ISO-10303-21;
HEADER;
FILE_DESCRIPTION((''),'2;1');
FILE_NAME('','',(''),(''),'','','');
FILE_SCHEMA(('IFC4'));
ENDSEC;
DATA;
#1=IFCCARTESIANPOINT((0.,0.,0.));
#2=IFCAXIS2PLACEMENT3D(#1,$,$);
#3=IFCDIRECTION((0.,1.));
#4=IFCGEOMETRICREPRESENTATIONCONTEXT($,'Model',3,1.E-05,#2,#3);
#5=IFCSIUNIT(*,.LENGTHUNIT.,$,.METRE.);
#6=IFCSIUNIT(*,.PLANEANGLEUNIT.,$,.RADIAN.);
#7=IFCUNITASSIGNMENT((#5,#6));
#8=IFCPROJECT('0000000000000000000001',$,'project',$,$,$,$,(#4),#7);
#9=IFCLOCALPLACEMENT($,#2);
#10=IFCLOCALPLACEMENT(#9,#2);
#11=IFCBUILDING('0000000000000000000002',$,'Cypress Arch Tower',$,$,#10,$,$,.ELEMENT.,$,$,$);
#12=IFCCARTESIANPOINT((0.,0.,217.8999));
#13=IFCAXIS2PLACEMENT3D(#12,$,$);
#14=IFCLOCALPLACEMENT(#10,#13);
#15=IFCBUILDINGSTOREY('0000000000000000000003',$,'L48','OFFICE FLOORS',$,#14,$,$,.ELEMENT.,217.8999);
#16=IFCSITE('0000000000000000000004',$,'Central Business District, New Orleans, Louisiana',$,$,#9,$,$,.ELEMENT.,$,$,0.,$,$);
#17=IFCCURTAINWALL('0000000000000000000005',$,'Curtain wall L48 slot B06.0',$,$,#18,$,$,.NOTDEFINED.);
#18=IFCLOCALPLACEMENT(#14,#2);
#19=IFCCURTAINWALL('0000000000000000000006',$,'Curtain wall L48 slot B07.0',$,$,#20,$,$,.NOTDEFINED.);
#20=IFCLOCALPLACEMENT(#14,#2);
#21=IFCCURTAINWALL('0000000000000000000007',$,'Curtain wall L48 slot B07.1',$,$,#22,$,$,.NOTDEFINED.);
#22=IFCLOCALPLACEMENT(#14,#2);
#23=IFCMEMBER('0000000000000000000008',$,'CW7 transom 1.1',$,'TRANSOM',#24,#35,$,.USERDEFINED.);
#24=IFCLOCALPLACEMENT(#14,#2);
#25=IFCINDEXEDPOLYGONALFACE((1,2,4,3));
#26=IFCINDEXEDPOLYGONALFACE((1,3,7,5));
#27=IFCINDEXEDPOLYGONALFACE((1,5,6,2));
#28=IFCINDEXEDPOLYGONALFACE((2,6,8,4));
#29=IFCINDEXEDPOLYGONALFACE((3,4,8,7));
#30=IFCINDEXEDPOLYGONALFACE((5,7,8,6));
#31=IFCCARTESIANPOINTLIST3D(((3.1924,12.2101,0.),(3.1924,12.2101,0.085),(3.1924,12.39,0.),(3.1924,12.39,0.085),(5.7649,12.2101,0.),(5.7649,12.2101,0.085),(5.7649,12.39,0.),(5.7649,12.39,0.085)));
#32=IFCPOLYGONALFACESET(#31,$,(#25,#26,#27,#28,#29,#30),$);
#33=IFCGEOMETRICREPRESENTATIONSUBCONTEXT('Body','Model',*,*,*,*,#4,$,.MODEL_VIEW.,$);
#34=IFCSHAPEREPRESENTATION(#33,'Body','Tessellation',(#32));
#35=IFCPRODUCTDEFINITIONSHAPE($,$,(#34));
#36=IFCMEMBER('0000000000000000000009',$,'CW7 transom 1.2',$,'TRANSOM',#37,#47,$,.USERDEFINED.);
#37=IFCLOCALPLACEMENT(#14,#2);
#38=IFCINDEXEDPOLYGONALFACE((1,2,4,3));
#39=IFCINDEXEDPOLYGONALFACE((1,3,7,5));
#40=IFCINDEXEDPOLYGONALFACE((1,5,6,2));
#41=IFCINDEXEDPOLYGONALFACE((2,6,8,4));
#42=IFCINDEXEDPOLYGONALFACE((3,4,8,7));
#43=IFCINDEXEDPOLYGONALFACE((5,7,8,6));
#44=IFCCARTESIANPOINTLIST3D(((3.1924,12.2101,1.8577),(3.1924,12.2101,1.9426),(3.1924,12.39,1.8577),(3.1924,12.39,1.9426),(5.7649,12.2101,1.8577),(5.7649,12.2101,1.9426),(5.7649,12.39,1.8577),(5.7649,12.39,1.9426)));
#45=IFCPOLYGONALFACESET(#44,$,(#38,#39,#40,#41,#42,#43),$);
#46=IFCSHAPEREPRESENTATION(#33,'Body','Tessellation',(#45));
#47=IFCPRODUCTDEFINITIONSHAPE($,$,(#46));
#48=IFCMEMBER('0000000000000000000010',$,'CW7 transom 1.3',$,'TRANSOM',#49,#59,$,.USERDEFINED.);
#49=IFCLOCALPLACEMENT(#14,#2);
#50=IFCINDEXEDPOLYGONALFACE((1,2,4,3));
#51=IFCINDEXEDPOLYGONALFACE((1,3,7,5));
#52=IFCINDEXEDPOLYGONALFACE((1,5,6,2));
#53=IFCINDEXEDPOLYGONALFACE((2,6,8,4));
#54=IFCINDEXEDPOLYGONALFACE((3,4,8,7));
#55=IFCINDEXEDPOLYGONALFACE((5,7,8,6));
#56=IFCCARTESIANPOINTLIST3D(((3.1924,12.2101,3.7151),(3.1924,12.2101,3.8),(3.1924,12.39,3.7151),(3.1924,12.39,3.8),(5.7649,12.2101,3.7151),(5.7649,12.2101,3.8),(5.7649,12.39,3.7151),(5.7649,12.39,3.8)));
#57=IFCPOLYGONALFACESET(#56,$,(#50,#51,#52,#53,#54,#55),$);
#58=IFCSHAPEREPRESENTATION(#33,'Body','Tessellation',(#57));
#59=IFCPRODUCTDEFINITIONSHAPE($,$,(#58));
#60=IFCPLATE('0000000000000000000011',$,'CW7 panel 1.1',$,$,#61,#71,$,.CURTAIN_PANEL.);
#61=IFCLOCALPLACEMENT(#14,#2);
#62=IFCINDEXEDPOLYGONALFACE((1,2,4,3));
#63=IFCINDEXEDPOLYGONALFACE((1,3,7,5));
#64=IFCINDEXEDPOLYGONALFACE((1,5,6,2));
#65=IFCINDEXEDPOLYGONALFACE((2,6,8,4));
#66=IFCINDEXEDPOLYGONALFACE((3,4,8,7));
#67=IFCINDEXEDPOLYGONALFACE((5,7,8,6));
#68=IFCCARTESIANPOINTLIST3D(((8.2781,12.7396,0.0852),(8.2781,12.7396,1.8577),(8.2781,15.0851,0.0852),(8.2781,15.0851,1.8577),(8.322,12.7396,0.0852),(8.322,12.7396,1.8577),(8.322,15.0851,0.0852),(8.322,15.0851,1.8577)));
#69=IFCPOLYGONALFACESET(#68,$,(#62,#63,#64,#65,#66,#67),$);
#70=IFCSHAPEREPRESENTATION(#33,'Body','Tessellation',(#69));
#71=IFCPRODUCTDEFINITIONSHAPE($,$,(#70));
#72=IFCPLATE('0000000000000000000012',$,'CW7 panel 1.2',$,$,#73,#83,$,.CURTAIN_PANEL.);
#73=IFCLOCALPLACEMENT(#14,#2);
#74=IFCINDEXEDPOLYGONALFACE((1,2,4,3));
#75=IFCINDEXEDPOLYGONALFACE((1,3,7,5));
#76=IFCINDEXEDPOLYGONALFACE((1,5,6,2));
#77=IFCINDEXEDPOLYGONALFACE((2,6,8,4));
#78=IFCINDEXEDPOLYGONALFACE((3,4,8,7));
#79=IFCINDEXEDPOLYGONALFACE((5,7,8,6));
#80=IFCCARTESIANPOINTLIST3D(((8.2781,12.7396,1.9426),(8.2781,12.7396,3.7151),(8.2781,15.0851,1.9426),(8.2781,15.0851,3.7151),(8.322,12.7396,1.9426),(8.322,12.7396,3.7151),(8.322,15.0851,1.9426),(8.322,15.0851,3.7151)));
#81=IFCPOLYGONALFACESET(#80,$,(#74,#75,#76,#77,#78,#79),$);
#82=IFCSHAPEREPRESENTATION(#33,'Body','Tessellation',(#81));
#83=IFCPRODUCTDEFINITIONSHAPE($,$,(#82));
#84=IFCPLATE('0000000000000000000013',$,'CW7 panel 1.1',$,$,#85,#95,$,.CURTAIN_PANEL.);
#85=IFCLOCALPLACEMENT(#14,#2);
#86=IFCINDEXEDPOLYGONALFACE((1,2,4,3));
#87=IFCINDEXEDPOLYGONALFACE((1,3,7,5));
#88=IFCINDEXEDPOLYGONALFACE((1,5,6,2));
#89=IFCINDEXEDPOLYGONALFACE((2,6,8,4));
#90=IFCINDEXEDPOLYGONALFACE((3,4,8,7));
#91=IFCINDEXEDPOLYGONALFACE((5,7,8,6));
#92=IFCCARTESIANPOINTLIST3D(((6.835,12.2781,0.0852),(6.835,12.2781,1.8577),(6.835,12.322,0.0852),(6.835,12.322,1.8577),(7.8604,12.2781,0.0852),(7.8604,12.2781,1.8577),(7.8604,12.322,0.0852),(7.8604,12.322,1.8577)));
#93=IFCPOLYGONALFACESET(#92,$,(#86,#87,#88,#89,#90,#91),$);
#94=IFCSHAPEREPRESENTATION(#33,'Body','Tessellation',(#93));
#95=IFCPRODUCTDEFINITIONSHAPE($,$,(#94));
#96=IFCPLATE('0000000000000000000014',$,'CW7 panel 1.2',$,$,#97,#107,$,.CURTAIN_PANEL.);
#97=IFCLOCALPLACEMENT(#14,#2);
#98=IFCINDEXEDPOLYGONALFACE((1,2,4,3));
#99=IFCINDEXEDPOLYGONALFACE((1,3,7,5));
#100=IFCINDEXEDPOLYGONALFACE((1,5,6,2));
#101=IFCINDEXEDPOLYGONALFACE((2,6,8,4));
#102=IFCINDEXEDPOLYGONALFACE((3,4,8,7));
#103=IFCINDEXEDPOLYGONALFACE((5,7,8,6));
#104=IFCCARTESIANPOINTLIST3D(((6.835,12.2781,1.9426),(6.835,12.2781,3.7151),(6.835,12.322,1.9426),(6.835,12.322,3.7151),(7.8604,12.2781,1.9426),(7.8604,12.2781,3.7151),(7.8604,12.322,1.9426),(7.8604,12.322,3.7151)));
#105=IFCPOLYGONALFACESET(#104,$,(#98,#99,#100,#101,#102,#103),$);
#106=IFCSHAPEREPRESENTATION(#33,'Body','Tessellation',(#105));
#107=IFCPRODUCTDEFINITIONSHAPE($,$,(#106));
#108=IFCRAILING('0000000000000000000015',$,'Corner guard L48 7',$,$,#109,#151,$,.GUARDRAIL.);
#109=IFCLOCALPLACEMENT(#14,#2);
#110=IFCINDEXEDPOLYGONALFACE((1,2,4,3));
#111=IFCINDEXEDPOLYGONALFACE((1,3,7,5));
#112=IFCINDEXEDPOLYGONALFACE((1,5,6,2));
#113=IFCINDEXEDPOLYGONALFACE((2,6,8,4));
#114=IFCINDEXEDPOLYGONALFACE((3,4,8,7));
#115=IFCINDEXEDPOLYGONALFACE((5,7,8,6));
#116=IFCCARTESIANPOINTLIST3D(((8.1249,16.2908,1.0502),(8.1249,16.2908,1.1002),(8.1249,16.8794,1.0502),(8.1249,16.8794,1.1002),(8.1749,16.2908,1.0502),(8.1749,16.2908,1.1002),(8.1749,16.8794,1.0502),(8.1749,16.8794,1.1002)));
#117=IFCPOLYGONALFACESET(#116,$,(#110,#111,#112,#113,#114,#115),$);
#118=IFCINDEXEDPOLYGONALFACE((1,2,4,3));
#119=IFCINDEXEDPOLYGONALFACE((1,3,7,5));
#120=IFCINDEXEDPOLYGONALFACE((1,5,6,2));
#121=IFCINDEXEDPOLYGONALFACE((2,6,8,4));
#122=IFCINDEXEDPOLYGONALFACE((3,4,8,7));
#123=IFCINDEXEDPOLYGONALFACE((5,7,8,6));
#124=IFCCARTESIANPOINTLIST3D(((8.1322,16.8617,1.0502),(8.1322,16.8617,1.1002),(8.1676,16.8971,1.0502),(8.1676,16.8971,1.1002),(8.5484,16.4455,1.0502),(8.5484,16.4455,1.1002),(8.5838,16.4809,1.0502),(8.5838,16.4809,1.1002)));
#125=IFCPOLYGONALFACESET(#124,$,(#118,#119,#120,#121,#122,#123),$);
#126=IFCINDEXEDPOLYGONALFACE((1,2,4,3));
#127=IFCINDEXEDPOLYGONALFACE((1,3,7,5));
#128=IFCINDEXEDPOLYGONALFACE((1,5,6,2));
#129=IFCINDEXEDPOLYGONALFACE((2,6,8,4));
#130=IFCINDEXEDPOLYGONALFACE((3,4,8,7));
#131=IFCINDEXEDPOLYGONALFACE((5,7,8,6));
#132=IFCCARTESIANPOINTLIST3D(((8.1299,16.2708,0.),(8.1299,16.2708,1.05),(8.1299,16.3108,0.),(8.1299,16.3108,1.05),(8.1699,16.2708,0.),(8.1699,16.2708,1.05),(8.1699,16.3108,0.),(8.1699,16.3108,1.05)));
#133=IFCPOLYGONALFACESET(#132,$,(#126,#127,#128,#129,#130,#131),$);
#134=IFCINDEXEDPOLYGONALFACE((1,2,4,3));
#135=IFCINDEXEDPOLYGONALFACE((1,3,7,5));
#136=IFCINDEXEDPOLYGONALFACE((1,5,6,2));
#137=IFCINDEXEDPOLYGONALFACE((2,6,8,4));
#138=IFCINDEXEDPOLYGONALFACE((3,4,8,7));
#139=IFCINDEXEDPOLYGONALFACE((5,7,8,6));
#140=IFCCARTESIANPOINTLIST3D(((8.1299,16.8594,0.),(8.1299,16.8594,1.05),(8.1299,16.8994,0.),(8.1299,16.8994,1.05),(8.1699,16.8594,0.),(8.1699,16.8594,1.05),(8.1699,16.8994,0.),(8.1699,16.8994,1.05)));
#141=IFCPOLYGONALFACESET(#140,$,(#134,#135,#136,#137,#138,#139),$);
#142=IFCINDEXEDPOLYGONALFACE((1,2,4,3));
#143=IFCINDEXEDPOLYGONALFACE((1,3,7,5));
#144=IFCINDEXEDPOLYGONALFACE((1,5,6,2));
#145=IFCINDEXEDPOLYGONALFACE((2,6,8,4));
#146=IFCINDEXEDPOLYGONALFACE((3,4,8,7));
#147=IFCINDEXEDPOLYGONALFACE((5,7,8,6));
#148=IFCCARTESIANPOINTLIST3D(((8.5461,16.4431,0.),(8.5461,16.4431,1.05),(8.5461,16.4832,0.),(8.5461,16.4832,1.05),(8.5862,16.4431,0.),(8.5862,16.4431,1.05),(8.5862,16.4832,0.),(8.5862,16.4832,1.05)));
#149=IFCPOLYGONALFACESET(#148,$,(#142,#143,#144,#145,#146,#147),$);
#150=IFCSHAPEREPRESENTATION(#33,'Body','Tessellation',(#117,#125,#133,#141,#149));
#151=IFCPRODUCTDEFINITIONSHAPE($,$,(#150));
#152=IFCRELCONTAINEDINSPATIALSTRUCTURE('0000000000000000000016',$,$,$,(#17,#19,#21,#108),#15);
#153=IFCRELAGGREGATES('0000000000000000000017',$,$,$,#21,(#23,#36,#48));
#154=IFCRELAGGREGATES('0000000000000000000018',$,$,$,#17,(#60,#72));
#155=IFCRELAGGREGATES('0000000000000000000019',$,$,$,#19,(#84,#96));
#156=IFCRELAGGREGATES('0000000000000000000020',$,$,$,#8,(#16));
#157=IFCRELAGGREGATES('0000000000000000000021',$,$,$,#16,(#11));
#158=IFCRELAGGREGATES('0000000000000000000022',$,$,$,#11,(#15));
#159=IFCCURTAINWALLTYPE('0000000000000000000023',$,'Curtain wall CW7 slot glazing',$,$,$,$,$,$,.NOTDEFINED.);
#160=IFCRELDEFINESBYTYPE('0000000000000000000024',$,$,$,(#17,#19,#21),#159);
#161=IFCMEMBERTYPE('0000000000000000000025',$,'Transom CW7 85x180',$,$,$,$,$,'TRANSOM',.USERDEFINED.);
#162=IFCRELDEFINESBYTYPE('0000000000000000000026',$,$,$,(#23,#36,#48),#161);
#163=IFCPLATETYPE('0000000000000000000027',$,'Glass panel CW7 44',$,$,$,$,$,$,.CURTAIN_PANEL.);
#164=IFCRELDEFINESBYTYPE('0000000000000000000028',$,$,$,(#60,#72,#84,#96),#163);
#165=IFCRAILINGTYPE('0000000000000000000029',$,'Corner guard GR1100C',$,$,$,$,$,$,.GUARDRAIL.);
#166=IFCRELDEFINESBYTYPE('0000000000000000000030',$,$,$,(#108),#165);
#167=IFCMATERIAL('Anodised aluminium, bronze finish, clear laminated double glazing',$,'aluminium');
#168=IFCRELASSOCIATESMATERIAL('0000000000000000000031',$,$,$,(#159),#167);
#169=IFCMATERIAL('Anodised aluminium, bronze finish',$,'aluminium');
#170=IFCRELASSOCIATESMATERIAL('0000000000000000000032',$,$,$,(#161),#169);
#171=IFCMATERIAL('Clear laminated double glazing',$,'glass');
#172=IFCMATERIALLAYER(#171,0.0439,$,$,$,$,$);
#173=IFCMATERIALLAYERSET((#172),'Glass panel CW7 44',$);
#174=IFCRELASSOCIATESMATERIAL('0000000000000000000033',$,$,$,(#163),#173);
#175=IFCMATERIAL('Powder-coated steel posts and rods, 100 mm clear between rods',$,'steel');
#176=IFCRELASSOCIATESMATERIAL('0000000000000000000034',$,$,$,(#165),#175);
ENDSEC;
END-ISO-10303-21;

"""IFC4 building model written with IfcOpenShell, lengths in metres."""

from ifc_helpers import new_model, si_unit, direction, frame, origin, origin_2d, place, context, subcontext, project, spatial, rectangle, extrude, material, layer, layer_set, material_profile, profile_set, type_object, element, aggregate, save


model = new_model("IFC4")

# Units and contexts
model_context = context("Model", 3, precision=1e-05, world=origin(), true_north=direction((0.0, 1.0)))
body_context = subcontext(model_context, "Body", "Model", "MODEL_VIEW")
ifc_project = project(units=[si_unit("LENGTHUNIT", "METRE"), si_unit("PLANEANGLEUNIT", "RADIAN")], contexts=[model_context])

# Site, building, storey
site_placement = place(None, origin())
site = spatial("IfcSite", under=ifc_project, at=site_placement, Name="Central Business District, New Orleans, Louisiana", CompositionType="ELEMENT", RefElevation=0.0)
building_placement = place(site_placement, origin())
building = spatial("IfcBuilding", under=site, at=building_placement, Name="Cypress Arch Tower", CompositionType="ELEMENT")
storey_placement = place(building_placement, frame((0.0, 0.0, 217.8999)))
storey = spatial("IfcBuildingStorey", under=building, at=storey_placement, Name="L48", Description="OFFICE FLOORS", CompositionType="ELEMENT", Elevation=217.8999)

# Curtain walls
ifc_material_1 = material(Name="Anodised aluminium, bronze finish, clear laminated double glazing", Category="aluminium")
curtain_wall_type = type_object("IfcCurtainWallType", Name="Curtain wall CW7 slot glazing", PredefinedType="NOTDEFINED", material=ifc_material_1)
curtain_wall_1_placement = place(storey_placement, origin())
curtain_wall_1 = element("IfcCurtainWall", 1, at=curtain_wall_1_placement, inside=storey, type_object=curtain_wall_type, Name="Curtain wall L48 slot B06.0", PredefinedType="NOTDEFINED")
curtain_wall_2_placement = place(storey_placement, origin())
curtain_wall_2 = element("IfcCurtainWall", 2, at=curtain_wall_2_placement, inside=storey, type_object=curtain_wall_type, Name="Curtain wall L48 slot B07.0", PredefinedType="NOTDEFINED")

# Curtain wall
curtain_wall_3_placement = place(storey_placement, origin())
curtain_wall_3 = element("IfcCurtainWall", 3, at=curtain_wall_3_placement, inside=storey, type_object=curtain_wall_type, Name="Curtain wall L48 slot B07.1", PredefinedType="NOTDEFINED")

# Members
ifc_material_2 = material(Name="Anodised aluminium, bronze finish", Category="aluminium")
ifc_material_profile_1 = material_profile(ifc_material_2, rectangle(XDim=0.1799, YDim=0.085, at=origin_2d()), Name="Transom 85x180")
ifc_profile_set_1 = profile_set([ifc_material_profile_1], Name="Anodised aluminium, bronze finish")
member_type_1 = type_object("IfcMemberType", Name="Transom CW7 85x180", ElementType="TRANSOM", PredefinedType="USERDEFINED", material=ifc_profile_set_1)
member_1_placement = place(storey_placement, frame((5.7649, 12.3, 0.0425), z_axis=(-1.0, 0.0, 0.0), x_axis=(0.0, -1.0, 0.0)))
member_1 = element("IfcMember", 4, at=member_1_placement, type_object=member_type_1, Name="CW7 transom 1.1", ObjectType="TRANSOM", PredefinedType="USERDEFINED", context=body_context, shape_type="SweptSolid", body=[
    extrude(rectangle(XDim=0.1799, YDim=0.085, at=origin_2d()), origin(), (0.0, 0.0, 1.0), 2.5725),
])
member_2_placement = place(storey_placement, frame((5.7649, 12.3, 1.9001), z_axis=(-1.0, 0.0, 0.0), x_axis=(0.0, -1.0, 0.0)))
member_2 = element("IfcMember", 5, at=member_2_placement, type_object=member_type_1, Name="CW7 transom 1.2", ObjectType="TRANSOM", PredefinedType="USERDEFINED", context=body_context, shape_type="SweptSolid", body=[
    extrude(rectangle(XDim=0.1799, YDim=0.085, at=origin_2d()), origin(), (0.0, 0.0, 1.0), 2.5725),
])
member_3_placement = place(storey_placement, frame((5.7649, 12.3, 3.7576), z_axis=(-1.0, 0.0, 0.0), x_axis=(0.0, -1.0, 0.0)))
member_3 = element("IfcMember", 6, at=member_3_placement, type_object=member_type_1, Name="CW7 transom 1.3", ObjectType="TRANSOM", PredefinedType="USERDEFINED", context=body_context, shape_type="SweptSolid", body=[
    extrude(rectangle(XDim=0.1799, YDim=0.085, at=origin_2d()), origin(), (0.0, 0.0, 1.0), 2.5725),
])
aggregate(curtain_wall_3, [member_1, member_2, member_3])

# Plates
ifc_material_3 = material(Name="Clear laminated double glazing", Category="glass")
ifc_layer = layer(ifc_material_3, 0.0439)
ifc_layer_set = layer_set([ifc_layer], Name="Glass panel CW7 44")
plate_type = type_object("IfcPlateType", Name="Glass panel CW7 44", PredefinedType="CURTAIN_PANEL", material=ifc_layer_set)
plate_1_placement = place(storey_placement, frame((8.3, 13.9124, 0.0852), z_axis=(0.0, 0.0, 1.0), x_axis=(0.0, -1.0, 0.0)))
plate_1 = element("IfcPlate", 7, at=plate_1_placement, type_object=plate_type, Name="CW7 panel 1.1", PredefinedType="CURTAIN_PANEL", context=body_context, shape_type="SweptSolid", body=[
    extrude(rectangle(XDim=2.3455, YDim=0.0439, at=origin_2d()), origin(), (0.0, 0.0, 1.0), 1.7725),
])
plate_2_placement = place(storey_placement, frame((8.3, 13.9124, 1.9426), z_axis=(0.0, 0.0, 1.0), x_axis=(0.0, -1.0, 0.0)))
plate_2 = element("IfcPlate", 8, at=plate_2_placement, type_object=plate_type, Name="CW7 panel 1.2", PredefinedType="CURTAIN_PANEL", context=body_context, shape_type="SweptSolid", body=[
    extrude(rectangle(XDim=2.3455, YDim=0.0439, at=origin_2d()), origin(), (0.0, 0.0, 1.0), 1.7725),
])
aggregate(curtain_wall_1, [plate_1, plate_2])
plate_3_placement = place(storey_placement, frame((7.3477, 12.3, 0.0852), z_axis=(0.0, 0.0, 1.0), x_axis=(-1.0, 0.0, 0.0)))
plate_3 = element("IfcPlate", 9, at=plate_3_placement, type_object=plate_type, Name="CW7 panel 1.1", PredefinedType="CURTAIN_PANEL", context=body_context, shape_type="SweptSolid", body=[
    extrude(rectangle(XDim=1.0254, YDim=0.0439, at=origin_2d()), origin(), (0.0, 0.0, 1.0), 1.7725),
])
plate_4_placement = place(storey_placement, frame((7.3477, 12.3, 1.9426), z_axis=(0.0, 0.0, 1.0), x_axis=(-1.0, 0.0, 0.0)))
plate_4 = element("IfcPlate", 10, at=plate_4_placement, type_object=plate_type, Name="CW7 panel 1.2", PredefinedType="CURTAIN_PANEL", context=body_context, shape_type="SweptSolid", body=[
    extrude(rectangle(XDim=1.0254, YDim=0.0439, at=origin_2d()), origin(), (0.0, 0.0, 1.0), 1.7725),
])
aggregate(curtain_wall_2, [plate_3, plate_4])

# Railing
ifc_material_4 = material(Name="Powder-coated steel posts and rods, 100 mm clear between rods", Category="steel")
railing_type = type_object("IfcRailingType", Name="Corner guard GR1100C", PredefinedType="GUARDRAIL", material=ifc_material_4)
railing_placement = place(storey_placement, frame((8.1499, 16.2908, 0.0)))
element("IfcRailing", 11, at=railing_placement, inside=storey, type_object=railing_type, Name="Corner guard L48 7", PredefinedType="GUARDRAIL", context=body_context, shape_type="SweptSolid", body=[
    extrude(rectangle(XDim=0.05, YDim=0.05, at=origin_2d()), frame((0.0, 0.0, 1.0752), z_axis=(0.0, 1.0, 0.0), x_axis=(-1.0, 0.0, 0.0)), (0.0, 0.0, 1.0), 0.5886),
    extrude(rectangle(XDim=0.05, YDim=0.05, at=origin_2d()), frame((0.0, 0.5886, 1.0752), z_axis=(0.707107, -0.707107, 0.0), x_axis=(0.707107, 0.707107, 0.0)), (0.0, 0.0, 1.0), 0.5886),
    extrude(rectangle(XDim=0.04, YDim=0.04, at=origin_2d()), origin(), (0.0, 0.0, 1.0), 1.05),
    extrude(rectangle(XDim=0.04, YDim=0.04, at=origin_2d()), frame((0.0, 0.5886, 0.0)), (0.0, 0.0, 1.0), 1.05),
    extrude(rectangle(XDim=0.04, YDim=0.04, at=origin_2d()), frame((0.4163, 0.1724, 0.0)), (0.0, 0.0, 1.0), 1.05),
])

save(model, "model.ifc")
